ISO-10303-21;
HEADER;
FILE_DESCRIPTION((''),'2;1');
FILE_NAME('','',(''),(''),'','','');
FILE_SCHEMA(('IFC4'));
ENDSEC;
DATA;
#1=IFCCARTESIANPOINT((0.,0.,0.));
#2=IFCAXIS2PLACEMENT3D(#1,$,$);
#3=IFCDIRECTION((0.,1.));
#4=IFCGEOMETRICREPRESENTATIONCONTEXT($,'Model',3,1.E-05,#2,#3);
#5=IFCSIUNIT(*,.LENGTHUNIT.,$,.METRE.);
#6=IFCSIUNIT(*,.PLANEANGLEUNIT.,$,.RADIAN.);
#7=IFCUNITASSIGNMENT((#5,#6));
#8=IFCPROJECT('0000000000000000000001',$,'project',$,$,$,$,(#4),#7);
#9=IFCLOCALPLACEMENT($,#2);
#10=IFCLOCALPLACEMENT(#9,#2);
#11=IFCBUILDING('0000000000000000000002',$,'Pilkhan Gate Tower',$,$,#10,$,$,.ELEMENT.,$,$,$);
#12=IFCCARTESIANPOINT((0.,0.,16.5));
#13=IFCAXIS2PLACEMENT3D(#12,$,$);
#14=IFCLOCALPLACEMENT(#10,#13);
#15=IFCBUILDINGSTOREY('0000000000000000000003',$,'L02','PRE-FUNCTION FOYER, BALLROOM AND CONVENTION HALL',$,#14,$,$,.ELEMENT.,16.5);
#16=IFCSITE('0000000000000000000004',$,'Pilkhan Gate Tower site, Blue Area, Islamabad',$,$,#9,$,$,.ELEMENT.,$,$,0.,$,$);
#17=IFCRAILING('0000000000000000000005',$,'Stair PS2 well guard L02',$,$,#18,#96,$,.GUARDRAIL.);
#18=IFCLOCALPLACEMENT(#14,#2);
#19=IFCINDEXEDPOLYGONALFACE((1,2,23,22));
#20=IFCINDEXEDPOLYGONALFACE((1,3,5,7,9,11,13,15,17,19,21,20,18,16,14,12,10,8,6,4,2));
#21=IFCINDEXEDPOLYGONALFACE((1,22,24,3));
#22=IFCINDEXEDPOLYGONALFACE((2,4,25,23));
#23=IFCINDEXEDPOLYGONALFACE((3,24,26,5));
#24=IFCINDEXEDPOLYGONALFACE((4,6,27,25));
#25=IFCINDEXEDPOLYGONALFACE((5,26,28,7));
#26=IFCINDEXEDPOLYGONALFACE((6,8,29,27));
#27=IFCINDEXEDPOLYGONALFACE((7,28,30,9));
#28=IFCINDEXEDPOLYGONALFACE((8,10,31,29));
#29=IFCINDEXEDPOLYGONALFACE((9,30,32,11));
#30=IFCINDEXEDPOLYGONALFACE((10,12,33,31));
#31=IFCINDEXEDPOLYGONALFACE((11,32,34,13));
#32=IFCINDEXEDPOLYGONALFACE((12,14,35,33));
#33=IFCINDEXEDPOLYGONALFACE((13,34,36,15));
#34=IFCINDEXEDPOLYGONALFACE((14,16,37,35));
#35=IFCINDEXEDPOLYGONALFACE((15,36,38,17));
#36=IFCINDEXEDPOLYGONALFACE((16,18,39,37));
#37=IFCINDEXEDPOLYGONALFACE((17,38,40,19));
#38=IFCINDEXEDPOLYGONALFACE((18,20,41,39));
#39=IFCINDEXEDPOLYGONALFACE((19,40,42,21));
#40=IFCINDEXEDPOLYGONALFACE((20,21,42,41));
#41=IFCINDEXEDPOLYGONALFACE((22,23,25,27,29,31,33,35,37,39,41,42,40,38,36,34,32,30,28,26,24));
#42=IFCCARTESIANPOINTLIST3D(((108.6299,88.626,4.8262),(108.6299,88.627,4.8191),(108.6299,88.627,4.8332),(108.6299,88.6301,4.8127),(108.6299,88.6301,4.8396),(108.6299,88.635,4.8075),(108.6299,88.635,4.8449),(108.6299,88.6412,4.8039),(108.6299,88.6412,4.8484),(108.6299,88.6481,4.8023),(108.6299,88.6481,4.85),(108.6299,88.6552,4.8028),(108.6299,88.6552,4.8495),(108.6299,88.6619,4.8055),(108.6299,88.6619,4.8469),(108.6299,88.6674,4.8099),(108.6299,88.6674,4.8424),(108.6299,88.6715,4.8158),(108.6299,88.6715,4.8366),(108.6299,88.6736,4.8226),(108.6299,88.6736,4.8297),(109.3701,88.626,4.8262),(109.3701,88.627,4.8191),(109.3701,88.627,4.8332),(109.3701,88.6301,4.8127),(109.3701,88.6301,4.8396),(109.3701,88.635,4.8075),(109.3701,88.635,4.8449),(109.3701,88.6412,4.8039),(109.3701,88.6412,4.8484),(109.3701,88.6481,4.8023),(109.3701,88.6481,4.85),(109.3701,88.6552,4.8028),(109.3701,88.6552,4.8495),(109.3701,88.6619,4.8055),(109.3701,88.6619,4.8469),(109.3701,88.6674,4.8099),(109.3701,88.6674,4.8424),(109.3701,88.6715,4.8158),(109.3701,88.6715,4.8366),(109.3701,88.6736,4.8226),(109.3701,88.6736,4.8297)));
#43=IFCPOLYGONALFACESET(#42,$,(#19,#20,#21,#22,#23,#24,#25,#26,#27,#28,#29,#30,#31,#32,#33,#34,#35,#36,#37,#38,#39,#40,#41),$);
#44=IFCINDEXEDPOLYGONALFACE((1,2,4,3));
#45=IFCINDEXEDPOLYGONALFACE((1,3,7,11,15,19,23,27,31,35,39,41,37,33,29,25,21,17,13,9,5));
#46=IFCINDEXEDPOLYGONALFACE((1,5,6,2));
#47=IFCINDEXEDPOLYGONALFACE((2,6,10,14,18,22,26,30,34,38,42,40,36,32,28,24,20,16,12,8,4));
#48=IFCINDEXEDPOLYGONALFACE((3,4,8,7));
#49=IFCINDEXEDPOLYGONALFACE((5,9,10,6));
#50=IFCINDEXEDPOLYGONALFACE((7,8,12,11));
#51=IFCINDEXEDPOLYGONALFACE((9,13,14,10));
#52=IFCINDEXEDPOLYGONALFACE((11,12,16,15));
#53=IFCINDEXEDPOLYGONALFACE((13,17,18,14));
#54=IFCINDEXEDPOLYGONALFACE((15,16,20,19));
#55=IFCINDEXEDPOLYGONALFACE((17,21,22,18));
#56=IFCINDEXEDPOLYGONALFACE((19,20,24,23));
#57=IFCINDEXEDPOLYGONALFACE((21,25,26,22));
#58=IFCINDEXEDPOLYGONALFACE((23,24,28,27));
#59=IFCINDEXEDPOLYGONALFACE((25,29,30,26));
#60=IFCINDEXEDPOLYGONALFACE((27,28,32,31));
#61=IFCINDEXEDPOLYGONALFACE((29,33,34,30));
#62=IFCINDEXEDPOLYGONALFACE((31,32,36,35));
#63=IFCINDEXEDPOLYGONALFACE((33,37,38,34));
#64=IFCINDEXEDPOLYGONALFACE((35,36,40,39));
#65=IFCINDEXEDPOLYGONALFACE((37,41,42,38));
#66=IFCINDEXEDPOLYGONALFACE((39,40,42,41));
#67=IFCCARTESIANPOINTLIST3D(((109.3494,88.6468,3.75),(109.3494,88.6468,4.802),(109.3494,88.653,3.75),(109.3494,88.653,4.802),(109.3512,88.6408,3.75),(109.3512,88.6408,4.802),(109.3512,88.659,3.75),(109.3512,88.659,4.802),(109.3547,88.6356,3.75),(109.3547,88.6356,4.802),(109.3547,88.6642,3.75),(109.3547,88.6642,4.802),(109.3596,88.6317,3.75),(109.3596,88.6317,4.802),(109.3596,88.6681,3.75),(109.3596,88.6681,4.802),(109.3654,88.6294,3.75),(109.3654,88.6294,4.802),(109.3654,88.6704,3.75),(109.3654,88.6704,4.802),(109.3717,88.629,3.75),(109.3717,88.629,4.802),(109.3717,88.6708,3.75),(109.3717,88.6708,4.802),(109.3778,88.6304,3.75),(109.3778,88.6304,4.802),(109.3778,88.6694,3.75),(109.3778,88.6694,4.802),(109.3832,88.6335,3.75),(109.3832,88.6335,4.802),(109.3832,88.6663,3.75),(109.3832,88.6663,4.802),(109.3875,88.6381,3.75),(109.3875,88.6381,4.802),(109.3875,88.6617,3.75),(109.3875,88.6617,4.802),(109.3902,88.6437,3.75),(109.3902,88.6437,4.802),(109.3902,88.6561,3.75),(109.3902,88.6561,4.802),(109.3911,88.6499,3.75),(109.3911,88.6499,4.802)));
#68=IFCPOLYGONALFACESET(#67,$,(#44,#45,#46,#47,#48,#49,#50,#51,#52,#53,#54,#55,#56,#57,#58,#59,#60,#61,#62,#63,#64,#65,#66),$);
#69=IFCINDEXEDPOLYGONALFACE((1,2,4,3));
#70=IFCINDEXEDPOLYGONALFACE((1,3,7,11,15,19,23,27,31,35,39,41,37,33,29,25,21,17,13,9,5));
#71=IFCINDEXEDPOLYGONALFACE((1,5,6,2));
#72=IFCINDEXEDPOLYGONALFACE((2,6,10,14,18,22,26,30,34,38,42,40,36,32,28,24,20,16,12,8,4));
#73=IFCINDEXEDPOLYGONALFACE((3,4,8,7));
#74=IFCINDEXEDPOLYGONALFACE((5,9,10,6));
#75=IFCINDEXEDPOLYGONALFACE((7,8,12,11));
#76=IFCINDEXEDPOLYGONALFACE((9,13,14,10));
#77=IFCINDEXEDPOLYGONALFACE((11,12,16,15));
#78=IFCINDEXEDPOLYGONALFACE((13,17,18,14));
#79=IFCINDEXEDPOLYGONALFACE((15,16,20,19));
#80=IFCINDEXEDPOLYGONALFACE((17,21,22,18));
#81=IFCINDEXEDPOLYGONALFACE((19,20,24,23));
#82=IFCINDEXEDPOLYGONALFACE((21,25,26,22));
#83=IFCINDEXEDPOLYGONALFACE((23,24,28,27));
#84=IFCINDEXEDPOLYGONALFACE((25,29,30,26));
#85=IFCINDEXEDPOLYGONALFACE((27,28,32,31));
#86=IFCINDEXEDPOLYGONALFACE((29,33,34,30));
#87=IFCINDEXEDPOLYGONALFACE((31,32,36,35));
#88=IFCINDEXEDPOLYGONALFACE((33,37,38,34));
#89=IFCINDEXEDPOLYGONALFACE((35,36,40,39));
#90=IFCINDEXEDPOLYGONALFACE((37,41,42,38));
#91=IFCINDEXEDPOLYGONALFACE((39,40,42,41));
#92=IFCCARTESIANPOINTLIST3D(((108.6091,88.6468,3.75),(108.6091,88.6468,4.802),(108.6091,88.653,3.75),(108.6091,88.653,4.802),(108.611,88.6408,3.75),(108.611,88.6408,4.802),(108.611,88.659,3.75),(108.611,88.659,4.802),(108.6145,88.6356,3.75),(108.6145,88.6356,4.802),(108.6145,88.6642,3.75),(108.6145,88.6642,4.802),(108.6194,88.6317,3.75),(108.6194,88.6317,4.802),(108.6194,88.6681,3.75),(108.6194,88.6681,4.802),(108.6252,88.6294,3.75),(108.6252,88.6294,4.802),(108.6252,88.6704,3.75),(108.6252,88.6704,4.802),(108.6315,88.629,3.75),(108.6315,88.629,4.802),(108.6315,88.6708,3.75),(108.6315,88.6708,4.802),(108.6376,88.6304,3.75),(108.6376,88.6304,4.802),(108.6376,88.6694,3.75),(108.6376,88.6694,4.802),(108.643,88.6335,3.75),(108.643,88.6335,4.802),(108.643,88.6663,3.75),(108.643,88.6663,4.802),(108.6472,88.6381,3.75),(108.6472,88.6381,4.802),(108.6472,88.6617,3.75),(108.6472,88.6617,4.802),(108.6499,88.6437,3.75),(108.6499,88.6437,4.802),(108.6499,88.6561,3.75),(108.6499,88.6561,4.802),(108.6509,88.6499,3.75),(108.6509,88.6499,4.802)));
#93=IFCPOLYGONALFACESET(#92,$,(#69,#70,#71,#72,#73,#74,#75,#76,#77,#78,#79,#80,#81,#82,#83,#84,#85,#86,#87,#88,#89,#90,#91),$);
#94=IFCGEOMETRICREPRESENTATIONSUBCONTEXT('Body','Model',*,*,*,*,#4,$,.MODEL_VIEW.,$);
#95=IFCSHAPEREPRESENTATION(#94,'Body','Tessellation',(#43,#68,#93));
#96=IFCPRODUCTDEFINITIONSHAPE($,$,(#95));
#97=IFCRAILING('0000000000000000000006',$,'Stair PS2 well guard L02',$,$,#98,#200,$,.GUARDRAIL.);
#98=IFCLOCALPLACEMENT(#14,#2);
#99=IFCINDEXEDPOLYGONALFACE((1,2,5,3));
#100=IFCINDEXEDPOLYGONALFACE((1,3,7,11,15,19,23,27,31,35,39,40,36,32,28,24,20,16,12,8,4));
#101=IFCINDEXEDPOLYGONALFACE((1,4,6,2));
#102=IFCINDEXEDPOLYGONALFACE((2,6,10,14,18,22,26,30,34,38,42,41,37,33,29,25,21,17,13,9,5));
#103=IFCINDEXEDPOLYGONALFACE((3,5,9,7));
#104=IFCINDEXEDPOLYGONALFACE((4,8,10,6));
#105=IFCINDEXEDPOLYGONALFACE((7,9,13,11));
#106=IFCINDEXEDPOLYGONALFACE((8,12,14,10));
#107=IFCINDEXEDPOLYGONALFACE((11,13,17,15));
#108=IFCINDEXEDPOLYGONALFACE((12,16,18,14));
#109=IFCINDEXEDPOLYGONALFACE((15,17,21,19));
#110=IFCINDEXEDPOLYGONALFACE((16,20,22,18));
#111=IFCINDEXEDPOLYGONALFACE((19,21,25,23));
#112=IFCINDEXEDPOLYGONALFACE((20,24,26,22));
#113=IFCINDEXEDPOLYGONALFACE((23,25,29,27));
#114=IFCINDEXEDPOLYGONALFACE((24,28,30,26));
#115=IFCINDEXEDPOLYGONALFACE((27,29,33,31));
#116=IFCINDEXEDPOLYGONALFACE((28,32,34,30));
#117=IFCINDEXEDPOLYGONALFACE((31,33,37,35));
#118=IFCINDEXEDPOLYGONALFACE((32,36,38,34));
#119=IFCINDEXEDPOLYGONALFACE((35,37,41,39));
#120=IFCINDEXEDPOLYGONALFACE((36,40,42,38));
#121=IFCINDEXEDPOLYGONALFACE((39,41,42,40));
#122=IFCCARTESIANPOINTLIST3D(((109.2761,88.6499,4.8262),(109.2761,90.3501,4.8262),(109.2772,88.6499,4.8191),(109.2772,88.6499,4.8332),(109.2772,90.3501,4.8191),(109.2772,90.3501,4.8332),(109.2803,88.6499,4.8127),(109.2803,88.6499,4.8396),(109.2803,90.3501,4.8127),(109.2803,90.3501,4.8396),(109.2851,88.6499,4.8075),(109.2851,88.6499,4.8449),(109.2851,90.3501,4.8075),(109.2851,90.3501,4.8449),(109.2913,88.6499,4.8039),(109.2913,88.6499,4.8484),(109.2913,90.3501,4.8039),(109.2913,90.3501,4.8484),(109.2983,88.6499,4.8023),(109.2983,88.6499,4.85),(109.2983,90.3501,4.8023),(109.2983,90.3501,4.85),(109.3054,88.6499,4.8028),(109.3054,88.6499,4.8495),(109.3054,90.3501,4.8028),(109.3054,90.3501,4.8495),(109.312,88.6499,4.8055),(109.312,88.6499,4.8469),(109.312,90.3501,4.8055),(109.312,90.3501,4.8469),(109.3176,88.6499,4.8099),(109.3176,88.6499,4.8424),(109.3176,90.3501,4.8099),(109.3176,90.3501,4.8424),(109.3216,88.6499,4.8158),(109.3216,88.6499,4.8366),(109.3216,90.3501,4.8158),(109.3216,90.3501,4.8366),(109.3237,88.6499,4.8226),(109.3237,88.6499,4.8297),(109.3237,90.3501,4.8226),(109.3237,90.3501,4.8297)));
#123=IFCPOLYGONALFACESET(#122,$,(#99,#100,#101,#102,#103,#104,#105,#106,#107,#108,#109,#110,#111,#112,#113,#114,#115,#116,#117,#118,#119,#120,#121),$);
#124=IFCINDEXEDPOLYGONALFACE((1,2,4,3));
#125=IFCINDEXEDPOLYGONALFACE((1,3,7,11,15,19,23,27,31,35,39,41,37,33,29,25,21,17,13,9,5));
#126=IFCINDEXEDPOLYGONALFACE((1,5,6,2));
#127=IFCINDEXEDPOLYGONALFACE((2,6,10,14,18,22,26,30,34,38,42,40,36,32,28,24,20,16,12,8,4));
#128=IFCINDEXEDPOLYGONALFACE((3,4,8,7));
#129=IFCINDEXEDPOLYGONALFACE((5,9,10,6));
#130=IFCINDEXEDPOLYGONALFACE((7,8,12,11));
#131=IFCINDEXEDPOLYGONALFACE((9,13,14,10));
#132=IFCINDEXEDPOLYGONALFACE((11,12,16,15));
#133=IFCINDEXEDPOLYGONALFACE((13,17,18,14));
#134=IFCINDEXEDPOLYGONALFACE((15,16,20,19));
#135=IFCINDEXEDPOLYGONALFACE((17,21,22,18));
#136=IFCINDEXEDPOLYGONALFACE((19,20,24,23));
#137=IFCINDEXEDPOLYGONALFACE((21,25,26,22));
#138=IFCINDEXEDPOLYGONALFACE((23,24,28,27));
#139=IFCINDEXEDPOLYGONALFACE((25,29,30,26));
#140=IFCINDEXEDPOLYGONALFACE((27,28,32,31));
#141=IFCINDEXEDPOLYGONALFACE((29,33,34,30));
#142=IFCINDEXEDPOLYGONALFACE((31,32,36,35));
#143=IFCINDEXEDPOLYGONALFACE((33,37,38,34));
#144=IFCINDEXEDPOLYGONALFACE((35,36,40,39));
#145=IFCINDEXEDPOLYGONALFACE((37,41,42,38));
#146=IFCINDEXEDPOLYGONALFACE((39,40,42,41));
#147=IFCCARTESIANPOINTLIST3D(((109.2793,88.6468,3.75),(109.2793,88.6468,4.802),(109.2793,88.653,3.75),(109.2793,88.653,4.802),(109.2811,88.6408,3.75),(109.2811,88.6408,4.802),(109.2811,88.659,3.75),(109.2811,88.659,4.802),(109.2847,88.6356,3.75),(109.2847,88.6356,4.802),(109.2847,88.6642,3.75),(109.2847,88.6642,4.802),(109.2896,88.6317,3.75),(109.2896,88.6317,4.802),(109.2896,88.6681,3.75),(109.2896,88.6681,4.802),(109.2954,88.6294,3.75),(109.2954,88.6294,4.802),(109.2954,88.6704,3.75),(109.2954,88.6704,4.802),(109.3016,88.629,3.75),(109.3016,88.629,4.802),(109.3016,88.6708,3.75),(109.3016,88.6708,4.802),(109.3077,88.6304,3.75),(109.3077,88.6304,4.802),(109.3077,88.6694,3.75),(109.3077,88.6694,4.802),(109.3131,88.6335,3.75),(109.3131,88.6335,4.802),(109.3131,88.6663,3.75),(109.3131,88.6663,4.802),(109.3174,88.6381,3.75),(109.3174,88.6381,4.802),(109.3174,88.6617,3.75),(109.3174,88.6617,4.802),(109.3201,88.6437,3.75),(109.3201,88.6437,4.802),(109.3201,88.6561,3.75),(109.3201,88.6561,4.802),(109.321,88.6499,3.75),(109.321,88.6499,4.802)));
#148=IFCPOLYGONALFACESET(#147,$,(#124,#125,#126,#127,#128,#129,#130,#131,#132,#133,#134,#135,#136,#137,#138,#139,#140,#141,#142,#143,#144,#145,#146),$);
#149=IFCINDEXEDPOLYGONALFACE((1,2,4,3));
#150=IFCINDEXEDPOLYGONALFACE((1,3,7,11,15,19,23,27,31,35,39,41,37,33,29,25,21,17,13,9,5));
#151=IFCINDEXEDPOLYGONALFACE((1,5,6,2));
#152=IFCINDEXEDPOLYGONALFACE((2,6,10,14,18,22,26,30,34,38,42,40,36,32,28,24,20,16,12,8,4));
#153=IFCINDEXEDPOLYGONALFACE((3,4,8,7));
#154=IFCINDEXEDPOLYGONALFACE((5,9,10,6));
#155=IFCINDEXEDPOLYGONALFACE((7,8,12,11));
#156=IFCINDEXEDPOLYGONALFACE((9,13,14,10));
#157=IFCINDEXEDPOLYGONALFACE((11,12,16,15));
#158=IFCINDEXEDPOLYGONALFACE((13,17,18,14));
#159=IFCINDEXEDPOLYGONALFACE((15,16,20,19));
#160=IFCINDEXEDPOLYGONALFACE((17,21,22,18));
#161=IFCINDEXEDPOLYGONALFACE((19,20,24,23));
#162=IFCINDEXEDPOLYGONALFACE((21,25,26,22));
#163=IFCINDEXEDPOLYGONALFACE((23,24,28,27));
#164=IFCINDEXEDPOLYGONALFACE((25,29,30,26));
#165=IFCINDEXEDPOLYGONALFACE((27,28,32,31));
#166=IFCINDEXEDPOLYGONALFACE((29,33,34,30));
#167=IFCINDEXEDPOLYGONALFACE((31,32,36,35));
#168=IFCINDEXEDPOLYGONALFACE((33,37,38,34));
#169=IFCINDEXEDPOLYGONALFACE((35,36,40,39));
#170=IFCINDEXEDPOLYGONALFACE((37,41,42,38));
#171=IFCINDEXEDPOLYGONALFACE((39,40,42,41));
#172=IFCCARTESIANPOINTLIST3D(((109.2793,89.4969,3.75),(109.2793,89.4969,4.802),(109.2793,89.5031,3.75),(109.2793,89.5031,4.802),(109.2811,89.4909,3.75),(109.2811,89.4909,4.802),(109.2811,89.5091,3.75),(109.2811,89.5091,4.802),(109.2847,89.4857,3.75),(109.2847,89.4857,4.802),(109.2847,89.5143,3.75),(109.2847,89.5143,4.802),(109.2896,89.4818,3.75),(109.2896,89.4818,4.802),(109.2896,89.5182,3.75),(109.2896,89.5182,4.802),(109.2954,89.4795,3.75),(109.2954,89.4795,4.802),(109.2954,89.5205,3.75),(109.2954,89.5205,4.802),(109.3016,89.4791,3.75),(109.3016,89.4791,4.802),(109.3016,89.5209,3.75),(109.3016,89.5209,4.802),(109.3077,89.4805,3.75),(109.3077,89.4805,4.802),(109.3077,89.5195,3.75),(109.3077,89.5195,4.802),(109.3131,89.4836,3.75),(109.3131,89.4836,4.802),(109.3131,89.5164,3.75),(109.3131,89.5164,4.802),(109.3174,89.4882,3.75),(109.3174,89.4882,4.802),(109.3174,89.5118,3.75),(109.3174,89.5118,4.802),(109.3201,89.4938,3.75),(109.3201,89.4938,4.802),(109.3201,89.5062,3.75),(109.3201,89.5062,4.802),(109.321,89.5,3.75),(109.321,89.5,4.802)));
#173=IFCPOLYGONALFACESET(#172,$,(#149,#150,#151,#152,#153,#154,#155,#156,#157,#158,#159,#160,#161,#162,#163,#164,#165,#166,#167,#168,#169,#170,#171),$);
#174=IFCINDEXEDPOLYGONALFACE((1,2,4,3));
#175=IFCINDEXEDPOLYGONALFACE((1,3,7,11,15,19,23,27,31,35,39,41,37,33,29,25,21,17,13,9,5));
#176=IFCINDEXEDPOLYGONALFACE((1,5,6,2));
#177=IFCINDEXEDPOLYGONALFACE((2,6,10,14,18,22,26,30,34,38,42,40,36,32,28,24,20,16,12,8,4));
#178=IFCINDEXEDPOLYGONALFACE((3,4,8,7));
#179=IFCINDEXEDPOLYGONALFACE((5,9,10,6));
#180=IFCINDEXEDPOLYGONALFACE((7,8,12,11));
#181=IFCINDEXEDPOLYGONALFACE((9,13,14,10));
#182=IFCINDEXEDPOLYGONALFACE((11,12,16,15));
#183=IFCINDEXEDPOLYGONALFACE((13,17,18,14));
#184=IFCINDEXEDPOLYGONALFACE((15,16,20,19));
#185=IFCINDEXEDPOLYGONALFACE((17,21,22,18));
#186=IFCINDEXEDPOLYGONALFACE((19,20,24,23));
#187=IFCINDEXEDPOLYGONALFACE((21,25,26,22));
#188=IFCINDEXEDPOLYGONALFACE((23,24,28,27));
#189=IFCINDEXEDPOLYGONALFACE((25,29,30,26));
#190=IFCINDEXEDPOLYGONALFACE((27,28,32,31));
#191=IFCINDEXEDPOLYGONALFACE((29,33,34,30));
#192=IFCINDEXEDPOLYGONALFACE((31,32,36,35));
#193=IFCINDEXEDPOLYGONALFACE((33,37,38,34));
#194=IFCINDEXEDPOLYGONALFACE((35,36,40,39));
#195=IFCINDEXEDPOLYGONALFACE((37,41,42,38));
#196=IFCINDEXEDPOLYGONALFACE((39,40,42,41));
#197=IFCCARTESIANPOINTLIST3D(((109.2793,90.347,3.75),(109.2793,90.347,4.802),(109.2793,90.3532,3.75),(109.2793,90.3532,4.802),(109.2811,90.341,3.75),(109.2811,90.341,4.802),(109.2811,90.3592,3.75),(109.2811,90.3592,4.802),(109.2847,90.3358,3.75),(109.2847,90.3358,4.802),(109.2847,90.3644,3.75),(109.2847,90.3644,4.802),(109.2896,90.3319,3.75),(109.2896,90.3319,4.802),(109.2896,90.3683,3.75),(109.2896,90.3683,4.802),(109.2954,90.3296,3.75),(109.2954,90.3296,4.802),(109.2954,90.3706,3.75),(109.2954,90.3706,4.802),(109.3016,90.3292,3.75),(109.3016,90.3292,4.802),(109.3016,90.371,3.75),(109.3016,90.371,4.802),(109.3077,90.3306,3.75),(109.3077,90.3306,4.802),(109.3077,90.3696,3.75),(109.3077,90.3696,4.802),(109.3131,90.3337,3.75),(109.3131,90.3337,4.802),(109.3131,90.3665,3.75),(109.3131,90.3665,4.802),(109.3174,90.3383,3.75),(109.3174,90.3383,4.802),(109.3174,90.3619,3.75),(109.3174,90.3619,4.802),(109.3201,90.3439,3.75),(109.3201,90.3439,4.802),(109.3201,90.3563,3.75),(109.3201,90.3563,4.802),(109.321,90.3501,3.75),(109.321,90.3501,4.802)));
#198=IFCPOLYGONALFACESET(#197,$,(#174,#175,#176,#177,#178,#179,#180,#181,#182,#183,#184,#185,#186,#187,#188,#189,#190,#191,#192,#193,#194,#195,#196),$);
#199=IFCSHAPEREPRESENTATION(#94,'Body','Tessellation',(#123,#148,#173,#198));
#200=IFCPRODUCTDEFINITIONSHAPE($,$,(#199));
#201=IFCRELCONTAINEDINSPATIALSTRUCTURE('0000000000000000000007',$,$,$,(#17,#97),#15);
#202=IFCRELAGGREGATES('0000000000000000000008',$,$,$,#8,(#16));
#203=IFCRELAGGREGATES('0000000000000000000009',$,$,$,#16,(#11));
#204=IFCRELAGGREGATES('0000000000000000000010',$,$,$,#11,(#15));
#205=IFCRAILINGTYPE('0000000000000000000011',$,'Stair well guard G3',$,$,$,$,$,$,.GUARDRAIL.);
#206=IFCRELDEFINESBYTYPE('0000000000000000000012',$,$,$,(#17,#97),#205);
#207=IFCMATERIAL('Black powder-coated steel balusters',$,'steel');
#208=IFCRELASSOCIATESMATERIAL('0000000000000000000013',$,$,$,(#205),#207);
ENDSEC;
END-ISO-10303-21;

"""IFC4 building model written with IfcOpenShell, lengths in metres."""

from ifc_helpers import new_model, si_unit, direction, frame, origin, origin_2d, place, context, subcontext, project, spatial, circle, extrude, material, type_object, element, save


model = new_model("IFC4")

# Units and contexts
model_context = context("Model", 3, precision=1e-05, world=origin(), true_north=direction((0.0, 1.0)))
body_context = subcontext(model_context, "Body", "Model", "MODEL_VIEW")
ifc_project = project(units=[si_unit("LENGTHUNIT", "METRE"), si_unit("PLANEANGLEUNIT", "RADIAN")], contexts=[model_context])

# Site, building, storey
site_placement = place(None, origin())
site = spatial("IfcSite", under=ifc_project, at=site_placement, Name="Pilkhan Gate Tower site, Blue Area, Islamabad", CompositionType="ELEMENT", RefElevation=0.0)
building_placement = place(site_placement, origin())
building = spatial("IfcBuilding", under=site, at=building_placement, Name="Pilkhan Gate Tower", CompositionType="ELEMENT")
storey_placement = place(building_placement, frame((0.0, 0.0, 16.5)))
storey = spatial("IfcBuildingStorey", under=building, at=storey_placement, Name="L02", Description="PRE-FUNCTION FOYER, BALLROOM AND CONVENTION HALL", CompositionType="ELEMENT", Elevation=16.5)

# Railings
ifc_material_1 = material(Name="Black powder-coated steel balusters", Category="steel")
railing_type_1 = type_object("IfcRailingType", Name="Stair well guard G3", PredefinedType="GUARDRAIL", material=ifc_material_1)
railing_1_placement = place(storey_placement, frame((109.3701, 88.6499, 3.75)))
element("IfcRailing", 1, at=railing_1_placement, inside=storey, type_object=railing_type_1, Name="Stair PS2 well guard L02", PredefinedType="GUARDRAIL", context=body_context, shape_type="SweptSolid", body=[
    extrude(circle(Radius=0.0239, at=origin_2d()), frame((0.0, 0.0, 1.0762), z_axis=(-1.0, 0.0, 0.0), x_axis=(0.0, -1.0, 0.0)), (0.0, 0.0, 1.0), 0.7402),
    extrude(circle(Radius=0.021, at=origin_2d()), origin(), (0.0, 0.0, 1.0), 1.052),
    extrude(circle(Radius=0.021, at=origin_2d()), frame((-0.7402, 0.0, 0.0)), (0.0, 0.0, 1.0), 1.052),
])
railing_2_placement = place(storey_placement, frame((109.3, 88.6499, 3.75)))
element("IfcRailing", 2, at=railing_2_placement, inside=storey, type_object=railing_type_1, Name="Stair PS2 well guard L02", PredefinedType="GUARDRAIL", context=body_context, shape_type="SweptSolid", body=[
    extrude(circle(Radius=0.0239, at=origin_2d()), frame((0.0, 0.0, 1.0762), z_axis=(0.0, 1.0, 0.0), x_axis=(-1.0, 0.0, 0.0)), (0.0, 0.0, 1.0), 1.7002),
    extrude(circle(Radius=0.021, at=origin_2d()), origin(), (0.0, 0.0, 1.0), 1.052),
    extrude(circle(Radius=0.021, at=origin_2d()), frame((0.0, 0.8501, 0.0)), (0.0, 0.0, 1.0), 1.052),
    extrude(circle(Radius=0.021, at=origin_2d()), frame((0.0, 1.7002, 0.0)), (0.0, 0.0, 1.0), 1.052),
])

save(model, "model.ifc")
